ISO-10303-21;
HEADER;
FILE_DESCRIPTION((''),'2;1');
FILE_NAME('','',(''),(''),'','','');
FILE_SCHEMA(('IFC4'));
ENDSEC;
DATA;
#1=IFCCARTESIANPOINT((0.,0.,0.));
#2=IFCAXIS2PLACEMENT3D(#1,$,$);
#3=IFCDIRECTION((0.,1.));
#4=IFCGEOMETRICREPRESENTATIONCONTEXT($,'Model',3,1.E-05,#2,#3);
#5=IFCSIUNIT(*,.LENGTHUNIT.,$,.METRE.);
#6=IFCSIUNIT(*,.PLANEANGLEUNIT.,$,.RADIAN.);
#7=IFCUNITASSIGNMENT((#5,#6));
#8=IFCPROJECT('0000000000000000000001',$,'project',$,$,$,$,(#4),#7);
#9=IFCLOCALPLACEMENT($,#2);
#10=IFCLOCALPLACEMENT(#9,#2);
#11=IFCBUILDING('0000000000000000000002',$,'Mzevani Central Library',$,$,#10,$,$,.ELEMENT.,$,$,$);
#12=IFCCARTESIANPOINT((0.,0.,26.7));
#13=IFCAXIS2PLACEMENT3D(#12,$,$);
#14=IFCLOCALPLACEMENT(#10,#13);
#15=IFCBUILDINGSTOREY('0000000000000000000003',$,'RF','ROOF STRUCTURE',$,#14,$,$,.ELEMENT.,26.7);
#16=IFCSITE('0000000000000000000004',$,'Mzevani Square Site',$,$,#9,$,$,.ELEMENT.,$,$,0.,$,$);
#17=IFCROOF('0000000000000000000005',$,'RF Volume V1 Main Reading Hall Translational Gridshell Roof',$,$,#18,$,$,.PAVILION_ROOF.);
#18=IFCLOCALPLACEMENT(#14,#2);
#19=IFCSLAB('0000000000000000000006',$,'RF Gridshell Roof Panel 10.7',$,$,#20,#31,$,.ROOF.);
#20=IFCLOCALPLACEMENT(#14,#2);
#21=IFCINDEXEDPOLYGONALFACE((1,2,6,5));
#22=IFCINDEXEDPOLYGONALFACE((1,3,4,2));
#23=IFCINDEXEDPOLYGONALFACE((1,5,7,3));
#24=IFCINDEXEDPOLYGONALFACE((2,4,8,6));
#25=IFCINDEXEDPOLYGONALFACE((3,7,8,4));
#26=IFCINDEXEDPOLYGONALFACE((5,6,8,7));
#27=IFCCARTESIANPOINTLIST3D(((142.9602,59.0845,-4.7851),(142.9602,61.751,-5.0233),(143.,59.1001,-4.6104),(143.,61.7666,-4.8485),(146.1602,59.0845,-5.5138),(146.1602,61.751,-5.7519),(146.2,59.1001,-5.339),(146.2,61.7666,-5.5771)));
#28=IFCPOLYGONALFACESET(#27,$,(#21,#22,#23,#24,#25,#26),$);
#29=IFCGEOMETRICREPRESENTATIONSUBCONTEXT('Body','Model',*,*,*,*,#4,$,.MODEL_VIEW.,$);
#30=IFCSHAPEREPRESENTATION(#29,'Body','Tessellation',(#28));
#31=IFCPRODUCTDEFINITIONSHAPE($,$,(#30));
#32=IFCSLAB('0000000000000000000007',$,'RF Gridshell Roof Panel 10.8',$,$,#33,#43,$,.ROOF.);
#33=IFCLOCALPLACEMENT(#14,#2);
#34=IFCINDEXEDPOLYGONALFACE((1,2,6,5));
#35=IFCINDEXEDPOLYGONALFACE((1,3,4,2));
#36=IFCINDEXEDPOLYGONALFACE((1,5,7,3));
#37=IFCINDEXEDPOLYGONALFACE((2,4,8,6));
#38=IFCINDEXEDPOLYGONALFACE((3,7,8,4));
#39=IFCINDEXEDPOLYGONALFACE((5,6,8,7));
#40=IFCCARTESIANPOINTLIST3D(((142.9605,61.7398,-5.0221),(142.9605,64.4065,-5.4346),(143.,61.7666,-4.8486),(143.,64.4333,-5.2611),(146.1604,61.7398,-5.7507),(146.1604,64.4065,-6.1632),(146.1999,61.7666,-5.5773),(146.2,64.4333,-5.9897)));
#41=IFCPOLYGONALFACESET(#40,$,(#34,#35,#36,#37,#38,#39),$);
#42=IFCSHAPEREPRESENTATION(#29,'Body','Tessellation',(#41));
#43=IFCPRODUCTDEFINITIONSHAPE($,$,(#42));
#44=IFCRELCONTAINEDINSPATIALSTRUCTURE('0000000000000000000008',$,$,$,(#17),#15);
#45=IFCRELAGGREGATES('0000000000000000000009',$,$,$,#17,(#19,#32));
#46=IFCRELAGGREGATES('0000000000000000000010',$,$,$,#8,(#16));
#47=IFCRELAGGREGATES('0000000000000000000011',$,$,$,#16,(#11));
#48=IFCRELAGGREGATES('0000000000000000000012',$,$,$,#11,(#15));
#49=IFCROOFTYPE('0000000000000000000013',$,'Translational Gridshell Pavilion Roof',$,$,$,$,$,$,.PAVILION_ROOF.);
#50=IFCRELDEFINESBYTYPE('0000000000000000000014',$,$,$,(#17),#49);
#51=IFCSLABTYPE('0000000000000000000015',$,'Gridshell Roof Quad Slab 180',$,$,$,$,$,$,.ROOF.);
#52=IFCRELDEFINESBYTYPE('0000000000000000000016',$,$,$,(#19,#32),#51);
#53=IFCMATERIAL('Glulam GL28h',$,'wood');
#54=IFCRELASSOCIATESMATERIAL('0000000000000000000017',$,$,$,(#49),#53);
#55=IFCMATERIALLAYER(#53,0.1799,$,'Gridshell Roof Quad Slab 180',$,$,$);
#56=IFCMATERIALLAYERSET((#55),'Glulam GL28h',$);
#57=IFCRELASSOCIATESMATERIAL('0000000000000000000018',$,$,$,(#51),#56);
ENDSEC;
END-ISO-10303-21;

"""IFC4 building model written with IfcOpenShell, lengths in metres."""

from ifc_helpers import new_model, si_unit, direction, frame, origin, place, context, subcontext, project, spatial, polyline, outline, extrude, material, layer, layer_set, type_object, element, aggregate, save


model = new_model("IFC4")

# Units and contexts
model_context = context("Model", 3, precision=1e-05, world=origin(), true_north=direction((0.0, 1.0)))
body_context = subcontext(model_context, "Body", "Model", "MODEL_VIEW")
ifc_project = project(units=[si_unit("LENGTHUNIT", "METRE"), si_unit("PLANEANGLEUNIT", "RADIAN")], contexts=[model_context])

# Site, building, storey
site_placement = place(None, origin())
site = spatial("IfcSite", under=ifc_project, at=site_placement, Name="Mzevani Square Site", CompositionType="ELEMENT", RefElevation=0.0)
building_placement = place(site_placement, origin())
building = spatial("IfcBuilding", under=site, at=building_placement, Name="Mzevani Central Library", CompositionType="ELEMENT")
storey_placement = place(building_placement, frame((0.0, 0.0, 26.7)))
storey = spatial("IfcBuildingStorey", under=building, at=storey_placement, Name="RF", Description="ROOF STRUCTURE", CompositionType="ELEMENT", Elevation=26.7)

# Shared definitions
ifc_material_1 = material(Name="Glulam GL28h", Category="wood")

# Roof, slabs
roof_type = type_object("IfcRoofType", Name="Translational Gridshell Pavilion Roof", PredefinedType="PAVILION_ROOF", material=ifc_material_1)
roof_placement = place(storey_placement, origin())
roof = element("IfcRoof", 1, at=roof_placement, inside=storey, type_object=roof_type, Name="RF Volume V1 Main Reading Hall Translational Gridshell Roof", PredefinedType="PAVILION_ROOF")
ifc_layer_1 = layer(ifc_material_1, 0.1799, Name="Gridshell Roof Quad Slab 180")
ifc_layer_set_1 = layer_set([ifc_layer_1], Name="Glulam GL28h")
slab_type = type_object("IfcSlabType", Name="Gridshell Roof Quad Slab 180", PredefinedType="ROOF", material=ifc_layer_set_1)
slab_1_placement = place(storey_placement, frame((143.0, 59.1001, -4.6104), z_axis=(0.221183, 0.086758, 0.971366), x_axis=(0.975042, 0.000003, -0.22202)))
slab_1 = element("IfcSlab", 2, at=slab_1_placement, type_object=slab_type, Name="RF Gridshell Roof Panel 10.7", PredefinedType="ROOF", context=body_context, shape_type="SweptSolid", body=[
    extrude(outline(polyline([(0.0, 0.0), (3.2819, 0.0), (3.3347, 2.6766), (0.0529, 2.6766), (0.0, 0.0)])), origin(), (0.0, 0.0, -1.0), 0.1799),
])
slab_2_placement = place(storey_placement, frame((143.0, 61.7666, -4.8486), z_axis=(0.219537, 0.149127, 0.964139), x_axis=(0.975042, -0.000005, -0.222019)))
slab_2 = element("IfcSlab", 3, at=slab_2_placement, type_object=slab_type, Name="RF Gridshell Roof Panel 10.8", PredefinedType="ROOF", context=body_context, shape_type="SweptSolid", body=[
    extrude(outline(polyline([(0.0, 0.0), (3.2818, 0.0), (3.3734, 2.6969), (0.0915, 2.6969), (0.0, 0.0)])), origin(), (0.0, 0.0, -1.0), 0.1799),
])
aggregate(roof, [slab_1, slab_2])

save(model, "model.ifc")
